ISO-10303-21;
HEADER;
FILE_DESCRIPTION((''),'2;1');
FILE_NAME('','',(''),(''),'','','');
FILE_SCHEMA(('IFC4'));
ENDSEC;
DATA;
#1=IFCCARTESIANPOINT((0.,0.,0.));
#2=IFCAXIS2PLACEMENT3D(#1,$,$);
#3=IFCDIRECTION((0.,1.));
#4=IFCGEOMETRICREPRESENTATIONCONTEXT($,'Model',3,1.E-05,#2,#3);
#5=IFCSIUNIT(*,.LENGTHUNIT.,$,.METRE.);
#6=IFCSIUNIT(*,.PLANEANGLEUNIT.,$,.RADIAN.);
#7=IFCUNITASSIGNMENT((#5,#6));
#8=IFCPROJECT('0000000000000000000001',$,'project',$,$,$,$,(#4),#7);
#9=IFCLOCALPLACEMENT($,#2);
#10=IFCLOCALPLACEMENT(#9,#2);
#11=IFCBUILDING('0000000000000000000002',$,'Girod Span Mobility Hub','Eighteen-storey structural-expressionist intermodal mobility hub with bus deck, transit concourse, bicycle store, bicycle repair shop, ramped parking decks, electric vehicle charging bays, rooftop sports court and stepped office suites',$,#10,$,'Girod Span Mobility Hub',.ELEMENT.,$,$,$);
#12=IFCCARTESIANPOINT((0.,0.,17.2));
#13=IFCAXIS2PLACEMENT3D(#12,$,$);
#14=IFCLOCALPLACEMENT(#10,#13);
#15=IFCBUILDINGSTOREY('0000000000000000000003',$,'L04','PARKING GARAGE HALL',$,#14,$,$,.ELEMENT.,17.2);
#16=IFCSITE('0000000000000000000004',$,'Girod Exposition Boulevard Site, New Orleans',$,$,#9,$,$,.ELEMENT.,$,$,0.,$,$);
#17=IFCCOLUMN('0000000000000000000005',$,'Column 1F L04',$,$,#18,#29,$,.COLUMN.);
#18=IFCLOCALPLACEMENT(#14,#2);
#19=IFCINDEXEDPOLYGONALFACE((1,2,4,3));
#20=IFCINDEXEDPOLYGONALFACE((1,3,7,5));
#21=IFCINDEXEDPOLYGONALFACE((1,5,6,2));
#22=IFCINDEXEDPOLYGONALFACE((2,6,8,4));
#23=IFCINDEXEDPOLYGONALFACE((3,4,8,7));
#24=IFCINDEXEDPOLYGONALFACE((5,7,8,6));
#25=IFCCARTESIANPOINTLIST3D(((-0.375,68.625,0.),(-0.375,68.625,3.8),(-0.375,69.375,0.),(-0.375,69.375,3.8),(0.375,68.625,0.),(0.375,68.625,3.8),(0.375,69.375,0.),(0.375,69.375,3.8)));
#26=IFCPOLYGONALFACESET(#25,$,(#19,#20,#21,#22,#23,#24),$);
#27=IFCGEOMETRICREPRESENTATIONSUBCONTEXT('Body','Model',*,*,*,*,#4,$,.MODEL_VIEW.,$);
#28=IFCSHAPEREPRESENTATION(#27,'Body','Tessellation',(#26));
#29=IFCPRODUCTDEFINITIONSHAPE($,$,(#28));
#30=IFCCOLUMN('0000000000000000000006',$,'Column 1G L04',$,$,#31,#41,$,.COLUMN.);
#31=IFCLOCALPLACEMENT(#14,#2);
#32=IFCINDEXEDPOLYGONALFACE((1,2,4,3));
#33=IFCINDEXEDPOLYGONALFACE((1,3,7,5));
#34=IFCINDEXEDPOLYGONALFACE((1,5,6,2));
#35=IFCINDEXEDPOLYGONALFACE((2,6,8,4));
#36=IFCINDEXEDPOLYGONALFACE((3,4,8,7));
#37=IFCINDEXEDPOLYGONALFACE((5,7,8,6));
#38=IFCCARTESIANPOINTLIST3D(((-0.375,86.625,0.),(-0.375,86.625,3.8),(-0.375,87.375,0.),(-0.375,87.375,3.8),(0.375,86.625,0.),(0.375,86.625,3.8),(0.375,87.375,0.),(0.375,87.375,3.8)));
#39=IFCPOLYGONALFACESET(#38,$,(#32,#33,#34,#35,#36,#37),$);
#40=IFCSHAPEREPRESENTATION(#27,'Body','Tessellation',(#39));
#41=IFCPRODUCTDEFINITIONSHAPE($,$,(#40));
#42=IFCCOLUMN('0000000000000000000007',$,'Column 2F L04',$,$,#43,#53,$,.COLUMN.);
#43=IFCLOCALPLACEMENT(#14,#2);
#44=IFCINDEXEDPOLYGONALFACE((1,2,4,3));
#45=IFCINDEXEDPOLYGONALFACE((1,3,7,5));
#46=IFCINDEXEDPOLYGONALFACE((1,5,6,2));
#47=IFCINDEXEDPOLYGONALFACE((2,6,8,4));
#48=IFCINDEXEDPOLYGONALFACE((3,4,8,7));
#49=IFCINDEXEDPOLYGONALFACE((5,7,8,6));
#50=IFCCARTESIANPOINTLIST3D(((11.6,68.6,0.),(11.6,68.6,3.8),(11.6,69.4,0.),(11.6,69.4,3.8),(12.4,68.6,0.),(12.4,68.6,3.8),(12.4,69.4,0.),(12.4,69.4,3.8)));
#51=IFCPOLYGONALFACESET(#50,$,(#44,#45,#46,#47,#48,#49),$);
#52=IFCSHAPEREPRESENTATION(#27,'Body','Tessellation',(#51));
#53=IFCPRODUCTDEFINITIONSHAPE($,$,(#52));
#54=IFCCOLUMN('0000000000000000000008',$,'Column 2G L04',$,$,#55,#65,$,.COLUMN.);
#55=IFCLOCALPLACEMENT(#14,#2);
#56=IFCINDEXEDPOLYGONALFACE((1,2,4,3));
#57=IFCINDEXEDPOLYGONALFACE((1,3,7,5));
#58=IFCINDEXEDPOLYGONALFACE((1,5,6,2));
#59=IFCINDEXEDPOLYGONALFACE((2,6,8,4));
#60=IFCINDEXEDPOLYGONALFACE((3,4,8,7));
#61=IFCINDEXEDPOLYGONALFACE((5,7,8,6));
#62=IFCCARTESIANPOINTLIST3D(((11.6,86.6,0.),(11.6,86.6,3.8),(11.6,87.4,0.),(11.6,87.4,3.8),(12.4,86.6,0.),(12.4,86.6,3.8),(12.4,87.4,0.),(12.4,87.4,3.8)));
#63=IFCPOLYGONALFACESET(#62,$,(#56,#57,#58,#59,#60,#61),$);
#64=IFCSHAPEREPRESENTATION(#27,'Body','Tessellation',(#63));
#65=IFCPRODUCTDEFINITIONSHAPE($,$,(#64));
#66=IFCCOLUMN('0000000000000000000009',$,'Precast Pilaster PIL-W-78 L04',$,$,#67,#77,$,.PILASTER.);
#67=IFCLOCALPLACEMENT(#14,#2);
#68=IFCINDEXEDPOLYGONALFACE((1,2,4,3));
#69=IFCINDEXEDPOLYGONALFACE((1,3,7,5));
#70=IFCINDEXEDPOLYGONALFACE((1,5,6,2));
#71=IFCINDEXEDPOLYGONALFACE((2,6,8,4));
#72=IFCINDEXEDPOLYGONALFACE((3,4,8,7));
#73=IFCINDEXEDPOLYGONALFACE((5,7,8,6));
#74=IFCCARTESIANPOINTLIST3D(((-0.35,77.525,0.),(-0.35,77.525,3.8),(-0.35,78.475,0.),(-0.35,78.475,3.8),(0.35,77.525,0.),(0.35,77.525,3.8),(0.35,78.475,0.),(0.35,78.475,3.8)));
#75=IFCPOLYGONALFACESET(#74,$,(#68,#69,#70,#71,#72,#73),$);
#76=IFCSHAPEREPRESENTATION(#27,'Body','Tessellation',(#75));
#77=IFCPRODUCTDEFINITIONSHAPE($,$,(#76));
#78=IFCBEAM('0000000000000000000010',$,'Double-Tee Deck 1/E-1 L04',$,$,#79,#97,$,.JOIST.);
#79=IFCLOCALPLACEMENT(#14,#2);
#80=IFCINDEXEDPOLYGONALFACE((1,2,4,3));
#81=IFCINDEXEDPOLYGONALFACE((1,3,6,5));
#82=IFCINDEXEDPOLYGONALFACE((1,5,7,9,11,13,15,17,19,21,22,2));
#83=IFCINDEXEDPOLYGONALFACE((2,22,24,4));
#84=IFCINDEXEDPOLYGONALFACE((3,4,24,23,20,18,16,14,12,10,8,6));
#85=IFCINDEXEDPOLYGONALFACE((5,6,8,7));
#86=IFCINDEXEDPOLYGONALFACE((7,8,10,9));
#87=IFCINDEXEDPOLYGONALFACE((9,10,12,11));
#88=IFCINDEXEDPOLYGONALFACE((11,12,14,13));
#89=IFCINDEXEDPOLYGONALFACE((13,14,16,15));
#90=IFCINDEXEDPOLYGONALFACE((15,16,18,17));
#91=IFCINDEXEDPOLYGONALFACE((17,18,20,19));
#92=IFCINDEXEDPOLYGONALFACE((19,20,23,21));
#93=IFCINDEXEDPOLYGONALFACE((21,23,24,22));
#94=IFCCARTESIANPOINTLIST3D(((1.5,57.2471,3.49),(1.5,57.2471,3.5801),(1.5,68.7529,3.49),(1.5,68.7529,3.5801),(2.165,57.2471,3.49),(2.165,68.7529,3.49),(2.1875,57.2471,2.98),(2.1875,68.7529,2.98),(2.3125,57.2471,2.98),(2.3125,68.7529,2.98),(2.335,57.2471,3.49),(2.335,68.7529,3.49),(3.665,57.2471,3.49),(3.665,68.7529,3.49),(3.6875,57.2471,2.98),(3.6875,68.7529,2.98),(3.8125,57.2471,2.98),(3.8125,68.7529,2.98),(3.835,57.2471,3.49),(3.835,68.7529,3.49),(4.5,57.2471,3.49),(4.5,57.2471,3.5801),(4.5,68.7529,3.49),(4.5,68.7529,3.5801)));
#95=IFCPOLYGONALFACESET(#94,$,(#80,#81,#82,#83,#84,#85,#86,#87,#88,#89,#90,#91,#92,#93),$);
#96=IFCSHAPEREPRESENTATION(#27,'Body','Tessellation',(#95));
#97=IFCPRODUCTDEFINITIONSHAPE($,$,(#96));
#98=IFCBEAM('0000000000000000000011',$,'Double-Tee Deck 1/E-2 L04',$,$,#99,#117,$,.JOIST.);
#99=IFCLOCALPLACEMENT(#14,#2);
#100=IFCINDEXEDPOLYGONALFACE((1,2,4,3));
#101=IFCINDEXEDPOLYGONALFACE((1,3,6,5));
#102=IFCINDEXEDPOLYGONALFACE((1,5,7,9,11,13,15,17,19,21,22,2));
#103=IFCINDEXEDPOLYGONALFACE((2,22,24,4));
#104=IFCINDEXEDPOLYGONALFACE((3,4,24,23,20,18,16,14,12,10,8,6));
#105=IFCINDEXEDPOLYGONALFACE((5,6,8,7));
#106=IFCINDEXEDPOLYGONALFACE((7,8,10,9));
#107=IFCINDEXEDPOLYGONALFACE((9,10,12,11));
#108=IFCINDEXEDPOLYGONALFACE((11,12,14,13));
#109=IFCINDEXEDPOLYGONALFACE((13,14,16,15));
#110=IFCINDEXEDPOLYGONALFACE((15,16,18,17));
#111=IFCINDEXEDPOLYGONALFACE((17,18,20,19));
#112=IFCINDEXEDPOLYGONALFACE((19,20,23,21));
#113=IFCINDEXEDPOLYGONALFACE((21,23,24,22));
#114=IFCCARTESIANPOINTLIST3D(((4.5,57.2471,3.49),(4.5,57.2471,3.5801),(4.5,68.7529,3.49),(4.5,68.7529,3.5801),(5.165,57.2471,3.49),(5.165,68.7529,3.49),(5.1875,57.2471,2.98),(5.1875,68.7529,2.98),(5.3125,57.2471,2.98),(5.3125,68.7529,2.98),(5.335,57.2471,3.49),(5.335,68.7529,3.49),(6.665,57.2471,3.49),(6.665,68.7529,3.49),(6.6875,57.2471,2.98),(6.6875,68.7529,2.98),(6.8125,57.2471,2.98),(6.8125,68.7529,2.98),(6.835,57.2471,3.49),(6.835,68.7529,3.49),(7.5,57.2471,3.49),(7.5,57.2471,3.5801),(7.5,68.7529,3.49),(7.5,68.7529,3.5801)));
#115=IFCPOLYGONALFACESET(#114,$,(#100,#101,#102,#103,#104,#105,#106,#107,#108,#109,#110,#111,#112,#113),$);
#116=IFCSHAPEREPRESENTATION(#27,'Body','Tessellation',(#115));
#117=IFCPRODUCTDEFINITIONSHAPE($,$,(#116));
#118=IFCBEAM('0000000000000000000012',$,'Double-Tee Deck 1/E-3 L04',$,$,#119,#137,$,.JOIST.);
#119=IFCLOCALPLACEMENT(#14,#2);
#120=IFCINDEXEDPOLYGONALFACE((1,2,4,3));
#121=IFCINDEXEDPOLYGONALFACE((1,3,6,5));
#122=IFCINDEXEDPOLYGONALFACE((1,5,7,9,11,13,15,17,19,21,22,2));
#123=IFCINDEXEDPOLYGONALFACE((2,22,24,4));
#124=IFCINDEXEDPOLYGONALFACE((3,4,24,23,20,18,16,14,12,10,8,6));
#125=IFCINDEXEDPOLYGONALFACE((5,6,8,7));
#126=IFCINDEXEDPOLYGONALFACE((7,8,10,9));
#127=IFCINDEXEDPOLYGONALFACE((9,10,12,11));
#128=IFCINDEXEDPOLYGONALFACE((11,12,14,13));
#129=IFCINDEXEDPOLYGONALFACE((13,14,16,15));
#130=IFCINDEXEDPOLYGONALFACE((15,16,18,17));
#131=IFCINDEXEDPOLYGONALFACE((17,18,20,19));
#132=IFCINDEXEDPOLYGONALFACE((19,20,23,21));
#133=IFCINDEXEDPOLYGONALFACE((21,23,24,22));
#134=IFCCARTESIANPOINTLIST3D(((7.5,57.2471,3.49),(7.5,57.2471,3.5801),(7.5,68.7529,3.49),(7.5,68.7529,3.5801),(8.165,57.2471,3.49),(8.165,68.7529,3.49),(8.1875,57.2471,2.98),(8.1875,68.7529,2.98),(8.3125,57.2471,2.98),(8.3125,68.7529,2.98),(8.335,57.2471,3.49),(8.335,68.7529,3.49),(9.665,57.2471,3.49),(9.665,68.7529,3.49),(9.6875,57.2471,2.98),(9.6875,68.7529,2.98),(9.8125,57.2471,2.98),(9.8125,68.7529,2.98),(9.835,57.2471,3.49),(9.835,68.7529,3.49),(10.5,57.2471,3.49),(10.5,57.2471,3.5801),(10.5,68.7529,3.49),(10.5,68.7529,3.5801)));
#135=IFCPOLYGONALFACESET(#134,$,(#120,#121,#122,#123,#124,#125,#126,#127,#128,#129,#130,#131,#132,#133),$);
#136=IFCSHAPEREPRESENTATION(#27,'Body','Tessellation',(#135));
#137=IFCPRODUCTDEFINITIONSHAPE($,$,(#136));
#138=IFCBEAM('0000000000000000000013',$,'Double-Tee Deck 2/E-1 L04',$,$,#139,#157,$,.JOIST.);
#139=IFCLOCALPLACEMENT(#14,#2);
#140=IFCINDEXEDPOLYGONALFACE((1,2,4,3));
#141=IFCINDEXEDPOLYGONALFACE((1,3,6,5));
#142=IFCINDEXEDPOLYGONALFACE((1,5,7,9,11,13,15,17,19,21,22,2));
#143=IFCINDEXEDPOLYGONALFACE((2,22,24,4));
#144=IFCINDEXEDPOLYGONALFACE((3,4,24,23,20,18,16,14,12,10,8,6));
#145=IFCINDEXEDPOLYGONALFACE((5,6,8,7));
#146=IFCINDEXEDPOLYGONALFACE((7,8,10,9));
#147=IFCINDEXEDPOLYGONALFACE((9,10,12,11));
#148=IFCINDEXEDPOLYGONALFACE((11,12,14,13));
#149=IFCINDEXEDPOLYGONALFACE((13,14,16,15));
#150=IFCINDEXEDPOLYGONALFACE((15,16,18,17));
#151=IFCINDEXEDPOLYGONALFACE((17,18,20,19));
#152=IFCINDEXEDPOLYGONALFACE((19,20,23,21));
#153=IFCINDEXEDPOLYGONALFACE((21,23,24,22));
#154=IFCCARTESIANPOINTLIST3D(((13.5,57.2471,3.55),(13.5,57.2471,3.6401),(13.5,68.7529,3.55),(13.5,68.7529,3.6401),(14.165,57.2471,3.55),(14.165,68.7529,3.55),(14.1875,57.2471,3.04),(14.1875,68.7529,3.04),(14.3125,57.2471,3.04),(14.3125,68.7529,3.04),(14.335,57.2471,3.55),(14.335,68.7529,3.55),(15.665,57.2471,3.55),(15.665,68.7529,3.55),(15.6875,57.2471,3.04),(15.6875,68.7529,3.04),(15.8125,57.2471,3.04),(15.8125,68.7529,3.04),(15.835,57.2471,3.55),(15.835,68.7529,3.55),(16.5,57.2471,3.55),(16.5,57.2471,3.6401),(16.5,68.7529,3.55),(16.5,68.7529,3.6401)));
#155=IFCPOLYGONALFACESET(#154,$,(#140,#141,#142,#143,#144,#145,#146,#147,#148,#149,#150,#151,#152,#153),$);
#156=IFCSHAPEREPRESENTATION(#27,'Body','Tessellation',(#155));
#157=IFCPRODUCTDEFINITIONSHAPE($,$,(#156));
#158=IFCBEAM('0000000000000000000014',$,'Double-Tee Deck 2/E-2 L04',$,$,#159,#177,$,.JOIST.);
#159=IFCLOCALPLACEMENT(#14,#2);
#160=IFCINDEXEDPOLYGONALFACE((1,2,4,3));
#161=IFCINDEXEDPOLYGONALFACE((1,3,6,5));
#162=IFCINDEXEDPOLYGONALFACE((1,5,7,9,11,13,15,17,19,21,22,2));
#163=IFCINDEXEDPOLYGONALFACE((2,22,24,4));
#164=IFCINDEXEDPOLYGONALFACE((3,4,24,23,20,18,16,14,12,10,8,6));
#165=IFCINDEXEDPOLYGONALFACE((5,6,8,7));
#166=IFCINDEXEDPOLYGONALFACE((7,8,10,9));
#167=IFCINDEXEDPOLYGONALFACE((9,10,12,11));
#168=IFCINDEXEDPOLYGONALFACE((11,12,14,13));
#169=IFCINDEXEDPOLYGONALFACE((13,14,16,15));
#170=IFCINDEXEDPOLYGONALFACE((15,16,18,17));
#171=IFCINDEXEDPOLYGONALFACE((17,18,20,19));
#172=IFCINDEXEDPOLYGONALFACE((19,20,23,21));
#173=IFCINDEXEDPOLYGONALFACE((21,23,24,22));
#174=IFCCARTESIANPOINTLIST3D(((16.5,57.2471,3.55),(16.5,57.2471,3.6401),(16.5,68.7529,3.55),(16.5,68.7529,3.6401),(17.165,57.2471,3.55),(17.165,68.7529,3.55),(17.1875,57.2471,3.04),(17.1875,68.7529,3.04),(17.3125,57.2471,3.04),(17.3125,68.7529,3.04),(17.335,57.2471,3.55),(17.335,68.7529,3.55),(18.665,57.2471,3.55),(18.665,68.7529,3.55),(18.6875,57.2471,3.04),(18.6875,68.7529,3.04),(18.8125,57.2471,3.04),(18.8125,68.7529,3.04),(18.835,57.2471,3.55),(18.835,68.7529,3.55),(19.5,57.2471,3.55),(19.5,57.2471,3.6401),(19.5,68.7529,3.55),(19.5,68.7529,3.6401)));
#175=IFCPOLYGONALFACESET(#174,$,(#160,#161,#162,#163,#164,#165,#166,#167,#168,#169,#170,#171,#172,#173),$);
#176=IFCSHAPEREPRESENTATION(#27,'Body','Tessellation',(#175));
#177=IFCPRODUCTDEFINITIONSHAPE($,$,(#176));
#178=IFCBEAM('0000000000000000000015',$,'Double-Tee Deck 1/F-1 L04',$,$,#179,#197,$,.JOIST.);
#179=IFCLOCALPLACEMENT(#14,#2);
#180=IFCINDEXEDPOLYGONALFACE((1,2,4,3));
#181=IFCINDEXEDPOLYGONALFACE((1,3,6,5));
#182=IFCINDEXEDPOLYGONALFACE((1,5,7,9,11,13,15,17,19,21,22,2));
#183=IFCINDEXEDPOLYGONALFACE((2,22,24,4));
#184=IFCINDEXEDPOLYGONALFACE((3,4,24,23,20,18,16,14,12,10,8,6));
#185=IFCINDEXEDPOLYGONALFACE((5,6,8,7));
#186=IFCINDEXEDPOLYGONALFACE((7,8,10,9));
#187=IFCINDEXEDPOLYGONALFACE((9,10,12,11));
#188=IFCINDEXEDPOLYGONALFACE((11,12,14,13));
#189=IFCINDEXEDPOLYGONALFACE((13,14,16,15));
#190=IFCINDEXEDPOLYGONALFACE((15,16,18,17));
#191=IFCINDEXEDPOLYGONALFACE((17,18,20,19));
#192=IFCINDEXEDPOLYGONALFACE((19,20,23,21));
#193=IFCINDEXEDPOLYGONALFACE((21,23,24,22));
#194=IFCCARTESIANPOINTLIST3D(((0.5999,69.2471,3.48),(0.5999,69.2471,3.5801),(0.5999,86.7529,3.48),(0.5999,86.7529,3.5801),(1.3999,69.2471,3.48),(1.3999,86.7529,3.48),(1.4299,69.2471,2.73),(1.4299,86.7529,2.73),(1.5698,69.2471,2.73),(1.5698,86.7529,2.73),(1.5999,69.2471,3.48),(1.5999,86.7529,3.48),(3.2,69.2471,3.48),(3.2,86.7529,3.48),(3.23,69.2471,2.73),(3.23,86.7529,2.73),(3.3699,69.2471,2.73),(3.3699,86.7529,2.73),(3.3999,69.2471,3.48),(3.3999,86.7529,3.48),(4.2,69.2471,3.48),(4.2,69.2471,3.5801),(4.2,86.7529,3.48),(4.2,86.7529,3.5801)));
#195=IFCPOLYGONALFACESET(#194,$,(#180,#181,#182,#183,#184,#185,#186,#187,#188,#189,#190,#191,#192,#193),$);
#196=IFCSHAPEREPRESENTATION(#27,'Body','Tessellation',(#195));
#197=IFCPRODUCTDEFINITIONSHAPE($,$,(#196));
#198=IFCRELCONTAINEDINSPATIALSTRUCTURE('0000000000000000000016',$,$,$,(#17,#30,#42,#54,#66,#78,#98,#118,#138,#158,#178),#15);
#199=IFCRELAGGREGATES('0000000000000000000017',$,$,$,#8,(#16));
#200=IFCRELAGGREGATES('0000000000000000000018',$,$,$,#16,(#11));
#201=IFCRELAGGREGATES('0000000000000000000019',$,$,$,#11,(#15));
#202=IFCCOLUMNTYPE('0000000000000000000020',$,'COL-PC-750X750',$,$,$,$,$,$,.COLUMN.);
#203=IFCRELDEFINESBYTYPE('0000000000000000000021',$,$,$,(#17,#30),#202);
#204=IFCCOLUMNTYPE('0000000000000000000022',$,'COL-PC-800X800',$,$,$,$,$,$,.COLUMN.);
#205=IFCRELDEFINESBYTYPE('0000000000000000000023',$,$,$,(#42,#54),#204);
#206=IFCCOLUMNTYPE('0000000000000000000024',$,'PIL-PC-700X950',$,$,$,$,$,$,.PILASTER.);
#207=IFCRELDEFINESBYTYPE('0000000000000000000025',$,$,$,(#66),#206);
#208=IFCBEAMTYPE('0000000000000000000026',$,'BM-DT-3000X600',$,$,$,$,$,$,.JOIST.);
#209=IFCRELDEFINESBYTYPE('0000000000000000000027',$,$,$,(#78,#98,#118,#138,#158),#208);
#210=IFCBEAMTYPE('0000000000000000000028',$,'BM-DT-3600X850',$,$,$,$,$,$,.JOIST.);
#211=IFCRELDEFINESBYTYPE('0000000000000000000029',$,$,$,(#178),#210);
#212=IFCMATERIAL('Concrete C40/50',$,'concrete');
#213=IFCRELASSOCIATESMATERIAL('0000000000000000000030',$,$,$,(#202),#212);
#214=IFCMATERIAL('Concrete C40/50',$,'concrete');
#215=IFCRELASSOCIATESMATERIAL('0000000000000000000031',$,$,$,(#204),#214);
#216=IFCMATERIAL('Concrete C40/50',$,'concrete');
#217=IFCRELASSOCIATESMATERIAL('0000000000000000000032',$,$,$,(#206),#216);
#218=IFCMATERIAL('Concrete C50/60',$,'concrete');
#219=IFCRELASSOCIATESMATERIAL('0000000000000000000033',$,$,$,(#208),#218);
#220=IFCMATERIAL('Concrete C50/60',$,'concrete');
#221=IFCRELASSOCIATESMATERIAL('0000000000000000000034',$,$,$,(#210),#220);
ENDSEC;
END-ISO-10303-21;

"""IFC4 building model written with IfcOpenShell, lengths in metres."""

from ifc_helpers import new_model, si_unit, direction, frame, origin, origin_2d, place, context, subcontext, project, spatial, polyline, rectangle, outline, extrude, material, material_profile, profile_set, type_object, element, save


model = new_model("IFC4")

# Units and contexts
model_context = context("Model", 3, precision=1e-05, world=origin(), true_north=direction((0.0, 1.0)))
body_context = subcontext(model_context, "Body", "Model", "MODEL_VIEW")
ifc_project = project(units=[si_unit("LENGTHUNIT", "METRE"), si_unit("PLANEANGLEUNIT", "RADIAN")], contexts=[model_context])

# Site, building, storey
site_placement = place(None, origin())
site = spatial("IfcSite", under=ifc_project, at=site_placement, Name="Girod Exposition Boulevard Site, New Orleans", CompositionType="ELEMENT", RefElevation=0.0)
building_placement = place(site_placement, origin())
building = spatial("IfcBuilding", under=site, at=building_placement, Name="Girod Span Mobility Hub", Description="Eighteen-storey structural-expressionist intermodal mobility hub with bus deck, transit concourse, bicycle store, bicycle repair shop, ramped parking decks, electric vehicle charging bays, rooftop sports court and stepped office suites", LongName="Girod Span Mobility Hub", CompositionType="ELEMENT")
storey_placement = place(building_placement, frame((0.0, 0.0, 17.2)))
storey = spatial("IfcBuildingStorey", under=building, at=storey_placement, Name="L04", Description="PARKING GARAGE HALL", CompositionType="ELEMENT", Elevation=17.2)

# Columns
ifc_material_1 = material(Name="Concrete C40/50", Category="concrete")
ifc_material_profile_1 = material_profile(ifc_material_1, rectangle(XDim=0.75, YDim=0.75, at=origin_2d()), Name="PC-COL-750X750")
ifc_profile_set_1 = profile_set([ifc_material_profile_1], Name="Concrete C40/50")
column_type_1 = type_object("IfcColumnType", Name="COL-PC-750X750", PredefinedType="COLUMN", material=ifc_profile_set_1)
for number, where, z_axis, x_axis, name in (
    (1, (0.0, 69.0, 0.0), (0.0, 0.0, 1.0), (1.0, 0.0, 0.0), "Column 1F L04"),
    (2, (0.0, 87.0, 0.0), (0.0, 0.0, 1.0), (1.0, 0.0, 0.0), "Column 1G L04"),
):
    element("IfcColumn", number, at=place(storey_placement, frame(where, z_axis=z_axis, x_axis=x_axis)), inside=storey, type_object=column_type_1, Name=name, PredefinedType="COLUMN", context=body_context, shape_type="SweptSolid", body=[
        extrude(rectangle(XDim=0.75, YDim=0.75, at=origin_2d()), origin(), (0.0, 0.0, 1.0), 3.8),
    ])
ifc_material_2 = material(Name="Concrete C40/50", Category="concrete")
ifc_material_profile_2 = material_profile(ifc_material_2, rectangle(XDim=0.8, YDim=0.8, at=origin_2d()), Name="PC-COL-800X800")
ifc_profile_set_2 = profile_set([ifc_material_profile_2], Name="Concrete C40/50")
column_type_2 = type_object("IfcColumnType", Name="COL-PC-800X800", PredefinedType="COLUMN", material=ifc_profile_set_2)
for number, where, z_axis, x_axis, name in (
    (3, (12.0, 69.0, 0.0), (0.0, 0.0, 1.0), (1.0, 0.0, 0.0), "Column 2F L04"),
    (4, (12.0, 87.0, 0.0), (0.0, 0.0, 1.0), (1.0, 0.0, 0.0), "Column 2G L04"),
):
    element("IfcColumn", number, at=place(storey_placement, frame(where, z_axis=z_axis, x_axis=x_axis)), inside=storey, type_object=column_type_2, Name=name, PredefinedType="COLUMN", context=body_context, shape_type="SweptSolid", body=[
        extrude(rectangle(XDim=0.8, YDim=0.8, at=origin_2d()), origin(), (0.0, 0.0, 1.0), 3.8),
    ])
ifc_material_3 = material(Name="Concrete C40/50", Category="concrete")
ifc_material_profile_3 = material_profile(ifc_material_3, rectangle(XDim=0.7, YDim=0.95, at=origin_2d()), Name="PC-PIL-700X950")
ifc_profile_set_3 = profile_set([ifc_material_profile_3], Name="Concrete C40/50")
column_type_3 = type_object("IfcColumnType", Name="PIL-PC-700X950", PredefinedType="PILASTER", material=ifc_profile_set_3)
column_placement = place(storey_placement, frame((0.0, 78.0, 0.0), z_axis=(0.0, 0.0, 1.0), x_axis=(1.0, 0.0, 0.0)))
element("IfcColumn", 5, at=column_placement, inside=storey, type_object=column_type_3, Name="Precast Pilaster PIL-W-78 L04", PredefinedType="PILASTER", context=body_context, shape_type="SweptSolid", body=[
    extrude(rectangle(XDim=0.7, YDim=0.95, at=origin_2d()), origin(), (0.0, 0.0, 1.0), 3.8),
])

# Beams
ifc_material_4 = material(Name="Concrete C50/60", Category="concrete")
ifc_material_profile_4 = material_profile(ifc_material_4, outline(polyline([(-1.5, 0.3), (-1.5, 0.21), (-0.835, 0.21), (-0.8125, -0.3), (-0.6875, -0.3), (-0.665, 0.21), (0.665, 0.21), (0.6875, -0.3), (0.8125, -0.3), (0.835, 0.21), (1.5, 0.21), (1.5, 0.3), (-1.5, 0.3)])), Name="DT-3000X600")
ifc_profile_set_4 = profile_set([ifc_material_profile_4], Name="Concrete C50/60")
beam_type_1 = type_object("IfcBeamType", Name="BM-DT-3000X600", PredefinedType="JOIST", material=ifc_profile_set_4)
for number, where, z_axis, x_axis, name in (
    (6, (3.0, 57.2471, 3.28), (0.0, 1.0, 0.0), (-1.0, 0.0, 0.0), "Double-Tee Deck 1/E-1 L04"),
    (7, (6.0, 57.2471, 3.28), (0.0, 1.0, 0.0), (-1.0, 0.0, 0.0), "Double-Tee Deck 1/E-2 L04"),
    (8, (9.0, 57.2471, 3.28), (0.0, 1.0, 0.0), (-1.0, 0.0, 0.0), "Double-Tee Deck 1/E-3 L04"),
    (9, (15.0, 57.2471, 3.3401), (0.0, 1.0, 0.0), (-1.0, 0.0, 0.0), "Double-Tee Deck 2/E-1 L04"),
    (10, (18.0, 57.2471, 3.3401), (0.0, 1.0, 0.0), (-1.0, 0.0, 0.0), "Double-Tee Deck 2/E-2 L04"),
):
    element("IfcBeam", number, at=place(storey_placement, frame(where, z_axis=z_axis, x_axis=x_axis)), inside=storey, type_object=beam_type_1, Name=name, PredefinedType="JOIST", context=body_context, shape_type="SweptSolid", body=[
        extrude(outline(polyline([(-1.5, 0.3), (-1.5, 0.21), (-0.835, 0.21), (-0.8125, -0.3), (-0.6875, -0.3), (-0.665, 0.21), (0.665, 0.21), (0.6875, -0.3), (0.8125, -0.3), (0.835, 0.21), (1.5, 0.21), (1.5, 0.3), (-1.5, 0.3)])), origin(), (0.0, 0.0, 1.0), 11.5059),
    ])
ifc_material_5 = material(Name="Concrete C50/60", Category="concrete")
ifc_material_profile_5 = material_profile(ifc_material_5, outline(polyline([(-1.8, 0.425), (-1.8, 0.325), (-1.0, 0.325), (-0.97, -0.425), (-0.8301, -0.425), (-0.8, 0.325), (0.8, 0.325), (0.8301, -0.425), (0.97, -0.425), (1.0, 0.325), (1.8, 0.325), (1.8, 0.425), (-1.8, 0.425)])), Name="DT-3600X850")
ifc_profile_set_5 = profile_set([ifc_material_profile_5], Name="Concrete C50/60")
beam_type_2 = type_object("IfcBeamType", Name="BM-DT-3600X850", PredefinedType="JOIST", material=ifc_profile_set_5)
for number, where, z_axis, x_axis, name in (
    (11, (2.3999, 69.2471, 3.155), (0.0, 1.0, 0.0), (-1.0, 0.0, 0.0), "Double-Tee Deck 1/F-1 L04"),
):
    element("IfcBeam", number, at=place(storey_placement, frame(where, z_axis=z_axis, x_axis=x_axis)), inside=storey, type_object=beam_type_2, Name=name, PredefinedType="JOIST", context=body_context, shape_type="SweptSolid", body=[
        extrude(outline(polyline([(-1.8, 0.425), (-1.8, 0.325), (-1.0, 0.325), (-0.97, -0.425), (-0.8301, -0.425), (-0.8, 0.325), (0.8, 0.325), (0.8301, -0.425), (0.97, -0.425), (1.0, 0.325), (1.8, 0.325), (1.8, 0.425), (-1.8, 0.425)])), origin(), (0.0, 0.0, 1.0), 17.5059),
    ])

save(model, "model.ifc")
